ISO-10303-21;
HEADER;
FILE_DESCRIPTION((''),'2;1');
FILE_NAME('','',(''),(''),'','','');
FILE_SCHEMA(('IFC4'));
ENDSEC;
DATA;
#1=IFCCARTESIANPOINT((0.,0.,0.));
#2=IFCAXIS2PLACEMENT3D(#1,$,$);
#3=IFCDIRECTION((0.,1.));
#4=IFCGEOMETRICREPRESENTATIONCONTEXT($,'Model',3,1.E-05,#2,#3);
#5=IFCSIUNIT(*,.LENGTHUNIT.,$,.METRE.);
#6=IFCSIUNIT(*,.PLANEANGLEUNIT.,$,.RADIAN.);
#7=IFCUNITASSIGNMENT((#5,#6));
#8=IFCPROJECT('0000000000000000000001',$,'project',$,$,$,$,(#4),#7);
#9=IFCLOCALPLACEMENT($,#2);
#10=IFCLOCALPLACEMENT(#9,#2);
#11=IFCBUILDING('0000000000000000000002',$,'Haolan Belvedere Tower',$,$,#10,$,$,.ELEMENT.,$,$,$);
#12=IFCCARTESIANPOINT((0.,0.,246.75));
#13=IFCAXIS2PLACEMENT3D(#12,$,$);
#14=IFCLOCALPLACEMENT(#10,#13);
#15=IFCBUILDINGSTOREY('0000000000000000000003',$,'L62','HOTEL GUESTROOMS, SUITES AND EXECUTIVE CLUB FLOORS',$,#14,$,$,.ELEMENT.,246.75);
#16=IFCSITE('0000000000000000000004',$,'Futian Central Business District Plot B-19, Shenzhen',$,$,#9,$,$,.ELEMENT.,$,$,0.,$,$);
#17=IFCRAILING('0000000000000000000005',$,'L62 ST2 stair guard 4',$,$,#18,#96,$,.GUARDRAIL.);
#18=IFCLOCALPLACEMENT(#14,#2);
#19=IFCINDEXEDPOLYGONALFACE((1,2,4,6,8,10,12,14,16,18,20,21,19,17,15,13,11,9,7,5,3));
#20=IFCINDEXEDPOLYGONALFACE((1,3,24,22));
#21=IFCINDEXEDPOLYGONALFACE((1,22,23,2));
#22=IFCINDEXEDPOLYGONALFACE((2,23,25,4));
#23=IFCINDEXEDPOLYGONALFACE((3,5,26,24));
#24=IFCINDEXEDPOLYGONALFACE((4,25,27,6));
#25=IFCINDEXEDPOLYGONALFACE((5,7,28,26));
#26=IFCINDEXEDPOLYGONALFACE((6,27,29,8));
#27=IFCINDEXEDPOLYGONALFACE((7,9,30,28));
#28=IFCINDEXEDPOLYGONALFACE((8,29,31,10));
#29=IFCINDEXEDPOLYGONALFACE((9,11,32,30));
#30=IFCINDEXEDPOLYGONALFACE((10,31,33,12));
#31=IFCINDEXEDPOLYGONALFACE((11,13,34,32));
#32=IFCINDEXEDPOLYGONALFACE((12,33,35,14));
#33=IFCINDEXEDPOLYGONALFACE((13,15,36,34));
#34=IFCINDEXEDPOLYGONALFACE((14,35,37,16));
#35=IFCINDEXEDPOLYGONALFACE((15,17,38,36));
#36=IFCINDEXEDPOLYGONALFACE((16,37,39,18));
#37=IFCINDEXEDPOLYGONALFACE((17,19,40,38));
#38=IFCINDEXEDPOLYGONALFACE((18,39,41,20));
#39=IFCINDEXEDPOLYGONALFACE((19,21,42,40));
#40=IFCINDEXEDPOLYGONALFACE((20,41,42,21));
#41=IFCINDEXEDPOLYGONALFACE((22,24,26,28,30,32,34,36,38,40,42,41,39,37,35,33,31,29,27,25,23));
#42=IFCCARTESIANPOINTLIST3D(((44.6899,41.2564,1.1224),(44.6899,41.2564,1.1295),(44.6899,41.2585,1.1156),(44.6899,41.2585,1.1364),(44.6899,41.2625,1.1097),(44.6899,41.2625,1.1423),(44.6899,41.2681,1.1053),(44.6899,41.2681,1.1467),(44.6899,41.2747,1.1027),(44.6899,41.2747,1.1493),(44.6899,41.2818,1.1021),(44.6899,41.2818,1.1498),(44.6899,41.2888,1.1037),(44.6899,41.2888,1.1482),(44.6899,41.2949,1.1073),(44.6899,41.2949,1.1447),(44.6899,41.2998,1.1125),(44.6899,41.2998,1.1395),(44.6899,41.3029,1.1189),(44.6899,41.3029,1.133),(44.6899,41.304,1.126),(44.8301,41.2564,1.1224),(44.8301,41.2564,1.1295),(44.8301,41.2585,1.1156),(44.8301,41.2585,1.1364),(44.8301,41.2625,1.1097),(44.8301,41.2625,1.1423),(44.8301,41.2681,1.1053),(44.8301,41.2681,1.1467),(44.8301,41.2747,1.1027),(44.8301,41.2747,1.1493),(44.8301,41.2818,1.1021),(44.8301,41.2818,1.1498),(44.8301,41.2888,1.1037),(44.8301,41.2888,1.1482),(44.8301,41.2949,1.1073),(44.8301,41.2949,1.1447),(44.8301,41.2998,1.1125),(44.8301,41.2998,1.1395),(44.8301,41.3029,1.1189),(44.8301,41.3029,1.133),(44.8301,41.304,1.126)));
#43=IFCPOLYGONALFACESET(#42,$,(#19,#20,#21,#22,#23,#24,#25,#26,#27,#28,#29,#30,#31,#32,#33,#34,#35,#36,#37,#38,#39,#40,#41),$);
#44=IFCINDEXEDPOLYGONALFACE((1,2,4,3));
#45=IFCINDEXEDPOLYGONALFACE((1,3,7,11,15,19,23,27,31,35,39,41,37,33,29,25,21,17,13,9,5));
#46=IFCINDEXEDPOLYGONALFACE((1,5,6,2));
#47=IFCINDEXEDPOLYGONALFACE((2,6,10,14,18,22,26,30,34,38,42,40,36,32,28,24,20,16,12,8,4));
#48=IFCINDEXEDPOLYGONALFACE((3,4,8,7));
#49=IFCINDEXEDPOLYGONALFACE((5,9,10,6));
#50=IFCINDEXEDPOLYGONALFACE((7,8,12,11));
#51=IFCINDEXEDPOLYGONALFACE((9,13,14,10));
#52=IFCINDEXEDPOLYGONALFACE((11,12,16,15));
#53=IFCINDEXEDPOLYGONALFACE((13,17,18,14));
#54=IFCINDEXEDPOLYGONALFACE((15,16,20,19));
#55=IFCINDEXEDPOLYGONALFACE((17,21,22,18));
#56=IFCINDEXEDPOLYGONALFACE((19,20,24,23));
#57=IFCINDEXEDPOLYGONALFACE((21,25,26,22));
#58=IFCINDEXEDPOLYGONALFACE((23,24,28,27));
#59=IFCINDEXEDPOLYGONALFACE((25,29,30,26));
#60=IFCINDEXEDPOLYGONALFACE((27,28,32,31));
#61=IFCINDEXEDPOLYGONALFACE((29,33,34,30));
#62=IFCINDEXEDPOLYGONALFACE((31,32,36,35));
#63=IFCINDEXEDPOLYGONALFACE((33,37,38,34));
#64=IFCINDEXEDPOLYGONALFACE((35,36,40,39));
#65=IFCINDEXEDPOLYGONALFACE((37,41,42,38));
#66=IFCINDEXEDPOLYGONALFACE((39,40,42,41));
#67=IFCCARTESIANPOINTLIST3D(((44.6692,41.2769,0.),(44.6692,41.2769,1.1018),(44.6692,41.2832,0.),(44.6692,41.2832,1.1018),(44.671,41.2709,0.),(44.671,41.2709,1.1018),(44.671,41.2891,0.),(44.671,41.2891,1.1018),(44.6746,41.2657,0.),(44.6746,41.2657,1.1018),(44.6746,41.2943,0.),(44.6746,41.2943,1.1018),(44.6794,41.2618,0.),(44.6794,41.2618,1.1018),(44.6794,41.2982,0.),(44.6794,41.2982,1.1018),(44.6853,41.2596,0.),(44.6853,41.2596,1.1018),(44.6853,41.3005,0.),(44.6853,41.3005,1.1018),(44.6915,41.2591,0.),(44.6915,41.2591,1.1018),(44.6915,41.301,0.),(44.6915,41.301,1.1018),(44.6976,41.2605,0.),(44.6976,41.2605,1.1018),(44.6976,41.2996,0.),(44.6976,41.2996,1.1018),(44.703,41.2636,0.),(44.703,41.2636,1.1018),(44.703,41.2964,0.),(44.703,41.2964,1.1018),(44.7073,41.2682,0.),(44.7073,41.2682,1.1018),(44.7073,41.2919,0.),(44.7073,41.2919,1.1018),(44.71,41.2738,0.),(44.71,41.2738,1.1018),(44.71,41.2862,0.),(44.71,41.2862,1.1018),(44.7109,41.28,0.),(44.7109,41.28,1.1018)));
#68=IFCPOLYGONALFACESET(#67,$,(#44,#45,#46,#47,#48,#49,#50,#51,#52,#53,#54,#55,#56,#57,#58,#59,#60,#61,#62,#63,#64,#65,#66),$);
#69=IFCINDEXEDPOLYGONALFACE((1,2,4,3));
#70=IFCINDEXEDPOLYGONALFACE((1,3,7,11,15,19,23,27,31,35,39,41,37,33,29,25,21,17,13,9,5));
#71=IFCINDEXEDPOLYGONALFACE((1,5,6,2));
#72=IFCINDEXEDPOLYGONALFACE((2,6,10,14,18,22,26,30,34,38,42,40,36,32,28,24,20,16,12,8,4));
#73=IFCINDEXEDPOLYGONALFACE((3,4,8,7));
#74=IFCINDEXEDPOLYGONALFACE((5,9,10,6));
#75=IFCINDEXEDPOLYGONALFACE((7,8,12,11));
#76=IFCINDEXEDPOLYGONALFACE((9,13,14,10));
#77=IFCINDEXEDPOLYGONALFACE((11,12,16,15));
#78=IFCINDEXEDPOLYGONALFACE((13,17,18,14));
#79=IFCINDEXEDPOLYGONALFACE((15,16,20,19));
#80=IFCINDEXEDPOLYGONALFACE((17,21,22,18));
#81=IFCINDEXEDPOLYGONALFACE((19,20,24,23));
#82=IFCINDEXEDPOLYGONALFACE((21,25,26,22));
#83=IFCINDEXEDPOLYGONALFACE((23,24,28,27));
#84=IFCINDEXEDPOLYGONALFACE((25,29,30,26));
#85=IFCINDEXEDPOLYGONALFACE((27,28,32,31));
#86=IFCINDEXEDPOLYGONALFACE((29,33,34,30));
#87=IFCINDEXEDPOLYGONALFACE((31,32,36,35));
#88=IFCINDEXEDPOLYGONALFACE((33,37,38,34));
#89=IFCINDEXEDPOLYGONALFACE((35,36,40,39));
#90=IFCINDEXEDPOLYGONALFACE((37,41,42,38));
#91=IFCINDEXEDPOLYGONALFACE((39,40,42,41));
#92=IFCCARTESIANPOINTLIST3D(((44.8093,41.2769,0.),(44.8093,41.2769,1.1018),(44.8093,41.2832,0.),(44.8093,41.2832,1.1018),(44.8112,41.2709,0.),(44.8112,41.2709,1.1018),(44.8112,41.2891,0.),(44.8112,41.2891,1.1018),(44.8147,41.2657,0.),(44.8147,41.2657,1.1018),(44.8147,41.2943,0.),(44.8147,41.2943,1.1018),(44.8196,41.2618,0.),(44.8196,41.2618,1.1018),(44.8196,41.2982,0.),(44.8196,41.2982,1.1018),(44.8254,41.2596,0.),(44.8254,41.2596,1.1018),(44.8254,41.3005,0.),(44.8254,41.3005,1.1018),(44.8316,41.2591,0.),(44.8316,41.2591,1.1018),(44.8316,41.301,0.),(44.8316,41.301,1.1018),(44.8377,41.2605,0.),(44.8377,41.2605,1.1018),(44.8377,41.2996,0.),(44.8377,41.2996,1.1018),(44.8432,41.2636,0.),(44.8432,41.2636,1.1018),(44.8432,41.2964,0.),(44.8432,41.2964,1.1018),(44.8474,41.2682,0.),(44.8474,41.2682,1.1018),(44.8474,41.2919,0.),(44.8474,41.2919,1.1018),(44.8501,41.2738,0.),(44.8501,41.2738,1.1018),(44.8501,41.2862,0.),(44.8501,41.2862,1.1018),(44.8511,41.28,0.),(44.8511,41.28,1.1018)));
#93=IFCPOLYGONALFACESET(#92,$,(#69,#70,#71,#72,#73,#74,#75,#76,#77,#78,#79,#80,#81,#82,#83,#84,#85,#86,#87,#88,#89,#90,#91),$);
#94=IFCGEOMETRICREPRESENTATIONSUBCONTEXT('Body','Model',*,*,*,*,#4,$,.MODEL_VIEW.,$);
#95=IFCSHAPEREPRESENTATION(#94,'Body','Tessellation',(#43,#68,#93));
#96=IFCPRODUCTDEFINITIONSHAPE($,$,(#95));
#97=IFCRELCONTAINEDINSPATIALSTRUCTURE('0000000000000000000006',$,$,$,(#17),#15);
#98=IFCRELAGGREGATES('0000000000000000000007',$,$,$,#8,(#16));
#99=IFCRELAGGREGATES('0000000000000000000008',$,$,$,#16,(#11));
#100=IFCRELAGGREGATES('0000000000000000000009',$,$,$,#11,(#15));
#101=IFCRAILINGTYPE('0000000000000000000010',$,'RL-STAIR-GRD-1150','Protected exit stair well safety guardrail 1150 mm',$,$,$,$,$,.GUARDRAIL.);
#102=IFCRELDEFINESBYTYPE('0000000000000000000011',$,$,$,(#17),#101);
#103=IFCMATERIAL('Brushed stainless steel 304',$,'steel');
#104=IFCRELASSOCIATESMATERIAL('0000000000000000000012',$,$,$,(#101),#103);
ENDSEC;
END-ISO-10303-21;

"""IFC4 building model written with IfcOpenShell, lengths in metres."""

from ifc_helpers import new_model, si_unit, direction, frame, origin, origin_2d, place, context, subcontext, project, spatial, circle, extrude, material, type_object, element, save


model = new_model("IFC4")

# Units and contexts
model_context = context("Model", 3, precision=1e-05, world=origin(), true_north=direction((0.0, 1.0)))
body_context = subcontext(model_context, "Body", "Model", "MODEL_VIEW")
ifc_project = project(units=[si_unit("LENGTHUNIT", "METRE"), si_unit("PLANEANGLEUNIT", "RADIAN")], contexts=[model_context])

# Site, building, storey
site_placement = place(None, origin())
site = spatial("IfcSite", under=ifc_project, at=site_placement, Name="Futian Central Business District Plot B-19, Shenzhen", CompositionType="ELEMENT", RefElevation=0.0)
building_placement = place(site_placement, origin())
building = spatial("IfcBuilding", under=site, at=building_placement, Name="Haolan Belvedere Tower", CompositionType="ELEMENT")
storey_placement = place(building_placement, frame((0.0, 0.0, 246.75)))
storey = spatial("IfcBuildingStorey", under=building, at=storey_placement, Name="L62", Description="HOTEL GUESTROOMS, SUITES AND EXECUTIVE CLUB FLOORS", CompositionType="ELEMENT", Elevation=246.75)

# Railing
ifc_material_1 = material(Name="Brushed stainless steel 304", Category="steel")
railing_type_1 = type_object("IfcRailingType", Name="RL-STAIR-GRD-1150", Description="Protected exit stair well safety guardrail 1150 mm", PredefinedType="GUARDRAIL", material=ifc_material_1)
railing_1_placement = place(storey_placement, frame((44.6899, 41.28, 0.0)))
element("IfcRailing", 1, at=railing_1_placement, inside=storey, type_object=railing_type_1, Name="L62 ST2 stair guard 4", PredefinedType="GUARDRAIL", context=body_context, shape_type="SweptSolid", body=[
    extrude(circle(Radius=0.0239, at=origin_2d()), frame((0.0, 0.0, 1.126), z_axis=(1.0, 0.0, 0.0), x_axis=(0.0, 1.0, 0.0)), (0.0, 0.0, 1.0), 0.1401),
    extrude(circle(Radius=0.021, at=origin_2d()), origin(), (0.0, 0.0, 1.0), 1.1018),
    extrude(circle(Radius=0.021, at=origin_2d()), frame((0.1401, 0.0, 0.0)), (0.0, 0.0, 1.0), 1.1018),
])

save(model, "model.ifc")
